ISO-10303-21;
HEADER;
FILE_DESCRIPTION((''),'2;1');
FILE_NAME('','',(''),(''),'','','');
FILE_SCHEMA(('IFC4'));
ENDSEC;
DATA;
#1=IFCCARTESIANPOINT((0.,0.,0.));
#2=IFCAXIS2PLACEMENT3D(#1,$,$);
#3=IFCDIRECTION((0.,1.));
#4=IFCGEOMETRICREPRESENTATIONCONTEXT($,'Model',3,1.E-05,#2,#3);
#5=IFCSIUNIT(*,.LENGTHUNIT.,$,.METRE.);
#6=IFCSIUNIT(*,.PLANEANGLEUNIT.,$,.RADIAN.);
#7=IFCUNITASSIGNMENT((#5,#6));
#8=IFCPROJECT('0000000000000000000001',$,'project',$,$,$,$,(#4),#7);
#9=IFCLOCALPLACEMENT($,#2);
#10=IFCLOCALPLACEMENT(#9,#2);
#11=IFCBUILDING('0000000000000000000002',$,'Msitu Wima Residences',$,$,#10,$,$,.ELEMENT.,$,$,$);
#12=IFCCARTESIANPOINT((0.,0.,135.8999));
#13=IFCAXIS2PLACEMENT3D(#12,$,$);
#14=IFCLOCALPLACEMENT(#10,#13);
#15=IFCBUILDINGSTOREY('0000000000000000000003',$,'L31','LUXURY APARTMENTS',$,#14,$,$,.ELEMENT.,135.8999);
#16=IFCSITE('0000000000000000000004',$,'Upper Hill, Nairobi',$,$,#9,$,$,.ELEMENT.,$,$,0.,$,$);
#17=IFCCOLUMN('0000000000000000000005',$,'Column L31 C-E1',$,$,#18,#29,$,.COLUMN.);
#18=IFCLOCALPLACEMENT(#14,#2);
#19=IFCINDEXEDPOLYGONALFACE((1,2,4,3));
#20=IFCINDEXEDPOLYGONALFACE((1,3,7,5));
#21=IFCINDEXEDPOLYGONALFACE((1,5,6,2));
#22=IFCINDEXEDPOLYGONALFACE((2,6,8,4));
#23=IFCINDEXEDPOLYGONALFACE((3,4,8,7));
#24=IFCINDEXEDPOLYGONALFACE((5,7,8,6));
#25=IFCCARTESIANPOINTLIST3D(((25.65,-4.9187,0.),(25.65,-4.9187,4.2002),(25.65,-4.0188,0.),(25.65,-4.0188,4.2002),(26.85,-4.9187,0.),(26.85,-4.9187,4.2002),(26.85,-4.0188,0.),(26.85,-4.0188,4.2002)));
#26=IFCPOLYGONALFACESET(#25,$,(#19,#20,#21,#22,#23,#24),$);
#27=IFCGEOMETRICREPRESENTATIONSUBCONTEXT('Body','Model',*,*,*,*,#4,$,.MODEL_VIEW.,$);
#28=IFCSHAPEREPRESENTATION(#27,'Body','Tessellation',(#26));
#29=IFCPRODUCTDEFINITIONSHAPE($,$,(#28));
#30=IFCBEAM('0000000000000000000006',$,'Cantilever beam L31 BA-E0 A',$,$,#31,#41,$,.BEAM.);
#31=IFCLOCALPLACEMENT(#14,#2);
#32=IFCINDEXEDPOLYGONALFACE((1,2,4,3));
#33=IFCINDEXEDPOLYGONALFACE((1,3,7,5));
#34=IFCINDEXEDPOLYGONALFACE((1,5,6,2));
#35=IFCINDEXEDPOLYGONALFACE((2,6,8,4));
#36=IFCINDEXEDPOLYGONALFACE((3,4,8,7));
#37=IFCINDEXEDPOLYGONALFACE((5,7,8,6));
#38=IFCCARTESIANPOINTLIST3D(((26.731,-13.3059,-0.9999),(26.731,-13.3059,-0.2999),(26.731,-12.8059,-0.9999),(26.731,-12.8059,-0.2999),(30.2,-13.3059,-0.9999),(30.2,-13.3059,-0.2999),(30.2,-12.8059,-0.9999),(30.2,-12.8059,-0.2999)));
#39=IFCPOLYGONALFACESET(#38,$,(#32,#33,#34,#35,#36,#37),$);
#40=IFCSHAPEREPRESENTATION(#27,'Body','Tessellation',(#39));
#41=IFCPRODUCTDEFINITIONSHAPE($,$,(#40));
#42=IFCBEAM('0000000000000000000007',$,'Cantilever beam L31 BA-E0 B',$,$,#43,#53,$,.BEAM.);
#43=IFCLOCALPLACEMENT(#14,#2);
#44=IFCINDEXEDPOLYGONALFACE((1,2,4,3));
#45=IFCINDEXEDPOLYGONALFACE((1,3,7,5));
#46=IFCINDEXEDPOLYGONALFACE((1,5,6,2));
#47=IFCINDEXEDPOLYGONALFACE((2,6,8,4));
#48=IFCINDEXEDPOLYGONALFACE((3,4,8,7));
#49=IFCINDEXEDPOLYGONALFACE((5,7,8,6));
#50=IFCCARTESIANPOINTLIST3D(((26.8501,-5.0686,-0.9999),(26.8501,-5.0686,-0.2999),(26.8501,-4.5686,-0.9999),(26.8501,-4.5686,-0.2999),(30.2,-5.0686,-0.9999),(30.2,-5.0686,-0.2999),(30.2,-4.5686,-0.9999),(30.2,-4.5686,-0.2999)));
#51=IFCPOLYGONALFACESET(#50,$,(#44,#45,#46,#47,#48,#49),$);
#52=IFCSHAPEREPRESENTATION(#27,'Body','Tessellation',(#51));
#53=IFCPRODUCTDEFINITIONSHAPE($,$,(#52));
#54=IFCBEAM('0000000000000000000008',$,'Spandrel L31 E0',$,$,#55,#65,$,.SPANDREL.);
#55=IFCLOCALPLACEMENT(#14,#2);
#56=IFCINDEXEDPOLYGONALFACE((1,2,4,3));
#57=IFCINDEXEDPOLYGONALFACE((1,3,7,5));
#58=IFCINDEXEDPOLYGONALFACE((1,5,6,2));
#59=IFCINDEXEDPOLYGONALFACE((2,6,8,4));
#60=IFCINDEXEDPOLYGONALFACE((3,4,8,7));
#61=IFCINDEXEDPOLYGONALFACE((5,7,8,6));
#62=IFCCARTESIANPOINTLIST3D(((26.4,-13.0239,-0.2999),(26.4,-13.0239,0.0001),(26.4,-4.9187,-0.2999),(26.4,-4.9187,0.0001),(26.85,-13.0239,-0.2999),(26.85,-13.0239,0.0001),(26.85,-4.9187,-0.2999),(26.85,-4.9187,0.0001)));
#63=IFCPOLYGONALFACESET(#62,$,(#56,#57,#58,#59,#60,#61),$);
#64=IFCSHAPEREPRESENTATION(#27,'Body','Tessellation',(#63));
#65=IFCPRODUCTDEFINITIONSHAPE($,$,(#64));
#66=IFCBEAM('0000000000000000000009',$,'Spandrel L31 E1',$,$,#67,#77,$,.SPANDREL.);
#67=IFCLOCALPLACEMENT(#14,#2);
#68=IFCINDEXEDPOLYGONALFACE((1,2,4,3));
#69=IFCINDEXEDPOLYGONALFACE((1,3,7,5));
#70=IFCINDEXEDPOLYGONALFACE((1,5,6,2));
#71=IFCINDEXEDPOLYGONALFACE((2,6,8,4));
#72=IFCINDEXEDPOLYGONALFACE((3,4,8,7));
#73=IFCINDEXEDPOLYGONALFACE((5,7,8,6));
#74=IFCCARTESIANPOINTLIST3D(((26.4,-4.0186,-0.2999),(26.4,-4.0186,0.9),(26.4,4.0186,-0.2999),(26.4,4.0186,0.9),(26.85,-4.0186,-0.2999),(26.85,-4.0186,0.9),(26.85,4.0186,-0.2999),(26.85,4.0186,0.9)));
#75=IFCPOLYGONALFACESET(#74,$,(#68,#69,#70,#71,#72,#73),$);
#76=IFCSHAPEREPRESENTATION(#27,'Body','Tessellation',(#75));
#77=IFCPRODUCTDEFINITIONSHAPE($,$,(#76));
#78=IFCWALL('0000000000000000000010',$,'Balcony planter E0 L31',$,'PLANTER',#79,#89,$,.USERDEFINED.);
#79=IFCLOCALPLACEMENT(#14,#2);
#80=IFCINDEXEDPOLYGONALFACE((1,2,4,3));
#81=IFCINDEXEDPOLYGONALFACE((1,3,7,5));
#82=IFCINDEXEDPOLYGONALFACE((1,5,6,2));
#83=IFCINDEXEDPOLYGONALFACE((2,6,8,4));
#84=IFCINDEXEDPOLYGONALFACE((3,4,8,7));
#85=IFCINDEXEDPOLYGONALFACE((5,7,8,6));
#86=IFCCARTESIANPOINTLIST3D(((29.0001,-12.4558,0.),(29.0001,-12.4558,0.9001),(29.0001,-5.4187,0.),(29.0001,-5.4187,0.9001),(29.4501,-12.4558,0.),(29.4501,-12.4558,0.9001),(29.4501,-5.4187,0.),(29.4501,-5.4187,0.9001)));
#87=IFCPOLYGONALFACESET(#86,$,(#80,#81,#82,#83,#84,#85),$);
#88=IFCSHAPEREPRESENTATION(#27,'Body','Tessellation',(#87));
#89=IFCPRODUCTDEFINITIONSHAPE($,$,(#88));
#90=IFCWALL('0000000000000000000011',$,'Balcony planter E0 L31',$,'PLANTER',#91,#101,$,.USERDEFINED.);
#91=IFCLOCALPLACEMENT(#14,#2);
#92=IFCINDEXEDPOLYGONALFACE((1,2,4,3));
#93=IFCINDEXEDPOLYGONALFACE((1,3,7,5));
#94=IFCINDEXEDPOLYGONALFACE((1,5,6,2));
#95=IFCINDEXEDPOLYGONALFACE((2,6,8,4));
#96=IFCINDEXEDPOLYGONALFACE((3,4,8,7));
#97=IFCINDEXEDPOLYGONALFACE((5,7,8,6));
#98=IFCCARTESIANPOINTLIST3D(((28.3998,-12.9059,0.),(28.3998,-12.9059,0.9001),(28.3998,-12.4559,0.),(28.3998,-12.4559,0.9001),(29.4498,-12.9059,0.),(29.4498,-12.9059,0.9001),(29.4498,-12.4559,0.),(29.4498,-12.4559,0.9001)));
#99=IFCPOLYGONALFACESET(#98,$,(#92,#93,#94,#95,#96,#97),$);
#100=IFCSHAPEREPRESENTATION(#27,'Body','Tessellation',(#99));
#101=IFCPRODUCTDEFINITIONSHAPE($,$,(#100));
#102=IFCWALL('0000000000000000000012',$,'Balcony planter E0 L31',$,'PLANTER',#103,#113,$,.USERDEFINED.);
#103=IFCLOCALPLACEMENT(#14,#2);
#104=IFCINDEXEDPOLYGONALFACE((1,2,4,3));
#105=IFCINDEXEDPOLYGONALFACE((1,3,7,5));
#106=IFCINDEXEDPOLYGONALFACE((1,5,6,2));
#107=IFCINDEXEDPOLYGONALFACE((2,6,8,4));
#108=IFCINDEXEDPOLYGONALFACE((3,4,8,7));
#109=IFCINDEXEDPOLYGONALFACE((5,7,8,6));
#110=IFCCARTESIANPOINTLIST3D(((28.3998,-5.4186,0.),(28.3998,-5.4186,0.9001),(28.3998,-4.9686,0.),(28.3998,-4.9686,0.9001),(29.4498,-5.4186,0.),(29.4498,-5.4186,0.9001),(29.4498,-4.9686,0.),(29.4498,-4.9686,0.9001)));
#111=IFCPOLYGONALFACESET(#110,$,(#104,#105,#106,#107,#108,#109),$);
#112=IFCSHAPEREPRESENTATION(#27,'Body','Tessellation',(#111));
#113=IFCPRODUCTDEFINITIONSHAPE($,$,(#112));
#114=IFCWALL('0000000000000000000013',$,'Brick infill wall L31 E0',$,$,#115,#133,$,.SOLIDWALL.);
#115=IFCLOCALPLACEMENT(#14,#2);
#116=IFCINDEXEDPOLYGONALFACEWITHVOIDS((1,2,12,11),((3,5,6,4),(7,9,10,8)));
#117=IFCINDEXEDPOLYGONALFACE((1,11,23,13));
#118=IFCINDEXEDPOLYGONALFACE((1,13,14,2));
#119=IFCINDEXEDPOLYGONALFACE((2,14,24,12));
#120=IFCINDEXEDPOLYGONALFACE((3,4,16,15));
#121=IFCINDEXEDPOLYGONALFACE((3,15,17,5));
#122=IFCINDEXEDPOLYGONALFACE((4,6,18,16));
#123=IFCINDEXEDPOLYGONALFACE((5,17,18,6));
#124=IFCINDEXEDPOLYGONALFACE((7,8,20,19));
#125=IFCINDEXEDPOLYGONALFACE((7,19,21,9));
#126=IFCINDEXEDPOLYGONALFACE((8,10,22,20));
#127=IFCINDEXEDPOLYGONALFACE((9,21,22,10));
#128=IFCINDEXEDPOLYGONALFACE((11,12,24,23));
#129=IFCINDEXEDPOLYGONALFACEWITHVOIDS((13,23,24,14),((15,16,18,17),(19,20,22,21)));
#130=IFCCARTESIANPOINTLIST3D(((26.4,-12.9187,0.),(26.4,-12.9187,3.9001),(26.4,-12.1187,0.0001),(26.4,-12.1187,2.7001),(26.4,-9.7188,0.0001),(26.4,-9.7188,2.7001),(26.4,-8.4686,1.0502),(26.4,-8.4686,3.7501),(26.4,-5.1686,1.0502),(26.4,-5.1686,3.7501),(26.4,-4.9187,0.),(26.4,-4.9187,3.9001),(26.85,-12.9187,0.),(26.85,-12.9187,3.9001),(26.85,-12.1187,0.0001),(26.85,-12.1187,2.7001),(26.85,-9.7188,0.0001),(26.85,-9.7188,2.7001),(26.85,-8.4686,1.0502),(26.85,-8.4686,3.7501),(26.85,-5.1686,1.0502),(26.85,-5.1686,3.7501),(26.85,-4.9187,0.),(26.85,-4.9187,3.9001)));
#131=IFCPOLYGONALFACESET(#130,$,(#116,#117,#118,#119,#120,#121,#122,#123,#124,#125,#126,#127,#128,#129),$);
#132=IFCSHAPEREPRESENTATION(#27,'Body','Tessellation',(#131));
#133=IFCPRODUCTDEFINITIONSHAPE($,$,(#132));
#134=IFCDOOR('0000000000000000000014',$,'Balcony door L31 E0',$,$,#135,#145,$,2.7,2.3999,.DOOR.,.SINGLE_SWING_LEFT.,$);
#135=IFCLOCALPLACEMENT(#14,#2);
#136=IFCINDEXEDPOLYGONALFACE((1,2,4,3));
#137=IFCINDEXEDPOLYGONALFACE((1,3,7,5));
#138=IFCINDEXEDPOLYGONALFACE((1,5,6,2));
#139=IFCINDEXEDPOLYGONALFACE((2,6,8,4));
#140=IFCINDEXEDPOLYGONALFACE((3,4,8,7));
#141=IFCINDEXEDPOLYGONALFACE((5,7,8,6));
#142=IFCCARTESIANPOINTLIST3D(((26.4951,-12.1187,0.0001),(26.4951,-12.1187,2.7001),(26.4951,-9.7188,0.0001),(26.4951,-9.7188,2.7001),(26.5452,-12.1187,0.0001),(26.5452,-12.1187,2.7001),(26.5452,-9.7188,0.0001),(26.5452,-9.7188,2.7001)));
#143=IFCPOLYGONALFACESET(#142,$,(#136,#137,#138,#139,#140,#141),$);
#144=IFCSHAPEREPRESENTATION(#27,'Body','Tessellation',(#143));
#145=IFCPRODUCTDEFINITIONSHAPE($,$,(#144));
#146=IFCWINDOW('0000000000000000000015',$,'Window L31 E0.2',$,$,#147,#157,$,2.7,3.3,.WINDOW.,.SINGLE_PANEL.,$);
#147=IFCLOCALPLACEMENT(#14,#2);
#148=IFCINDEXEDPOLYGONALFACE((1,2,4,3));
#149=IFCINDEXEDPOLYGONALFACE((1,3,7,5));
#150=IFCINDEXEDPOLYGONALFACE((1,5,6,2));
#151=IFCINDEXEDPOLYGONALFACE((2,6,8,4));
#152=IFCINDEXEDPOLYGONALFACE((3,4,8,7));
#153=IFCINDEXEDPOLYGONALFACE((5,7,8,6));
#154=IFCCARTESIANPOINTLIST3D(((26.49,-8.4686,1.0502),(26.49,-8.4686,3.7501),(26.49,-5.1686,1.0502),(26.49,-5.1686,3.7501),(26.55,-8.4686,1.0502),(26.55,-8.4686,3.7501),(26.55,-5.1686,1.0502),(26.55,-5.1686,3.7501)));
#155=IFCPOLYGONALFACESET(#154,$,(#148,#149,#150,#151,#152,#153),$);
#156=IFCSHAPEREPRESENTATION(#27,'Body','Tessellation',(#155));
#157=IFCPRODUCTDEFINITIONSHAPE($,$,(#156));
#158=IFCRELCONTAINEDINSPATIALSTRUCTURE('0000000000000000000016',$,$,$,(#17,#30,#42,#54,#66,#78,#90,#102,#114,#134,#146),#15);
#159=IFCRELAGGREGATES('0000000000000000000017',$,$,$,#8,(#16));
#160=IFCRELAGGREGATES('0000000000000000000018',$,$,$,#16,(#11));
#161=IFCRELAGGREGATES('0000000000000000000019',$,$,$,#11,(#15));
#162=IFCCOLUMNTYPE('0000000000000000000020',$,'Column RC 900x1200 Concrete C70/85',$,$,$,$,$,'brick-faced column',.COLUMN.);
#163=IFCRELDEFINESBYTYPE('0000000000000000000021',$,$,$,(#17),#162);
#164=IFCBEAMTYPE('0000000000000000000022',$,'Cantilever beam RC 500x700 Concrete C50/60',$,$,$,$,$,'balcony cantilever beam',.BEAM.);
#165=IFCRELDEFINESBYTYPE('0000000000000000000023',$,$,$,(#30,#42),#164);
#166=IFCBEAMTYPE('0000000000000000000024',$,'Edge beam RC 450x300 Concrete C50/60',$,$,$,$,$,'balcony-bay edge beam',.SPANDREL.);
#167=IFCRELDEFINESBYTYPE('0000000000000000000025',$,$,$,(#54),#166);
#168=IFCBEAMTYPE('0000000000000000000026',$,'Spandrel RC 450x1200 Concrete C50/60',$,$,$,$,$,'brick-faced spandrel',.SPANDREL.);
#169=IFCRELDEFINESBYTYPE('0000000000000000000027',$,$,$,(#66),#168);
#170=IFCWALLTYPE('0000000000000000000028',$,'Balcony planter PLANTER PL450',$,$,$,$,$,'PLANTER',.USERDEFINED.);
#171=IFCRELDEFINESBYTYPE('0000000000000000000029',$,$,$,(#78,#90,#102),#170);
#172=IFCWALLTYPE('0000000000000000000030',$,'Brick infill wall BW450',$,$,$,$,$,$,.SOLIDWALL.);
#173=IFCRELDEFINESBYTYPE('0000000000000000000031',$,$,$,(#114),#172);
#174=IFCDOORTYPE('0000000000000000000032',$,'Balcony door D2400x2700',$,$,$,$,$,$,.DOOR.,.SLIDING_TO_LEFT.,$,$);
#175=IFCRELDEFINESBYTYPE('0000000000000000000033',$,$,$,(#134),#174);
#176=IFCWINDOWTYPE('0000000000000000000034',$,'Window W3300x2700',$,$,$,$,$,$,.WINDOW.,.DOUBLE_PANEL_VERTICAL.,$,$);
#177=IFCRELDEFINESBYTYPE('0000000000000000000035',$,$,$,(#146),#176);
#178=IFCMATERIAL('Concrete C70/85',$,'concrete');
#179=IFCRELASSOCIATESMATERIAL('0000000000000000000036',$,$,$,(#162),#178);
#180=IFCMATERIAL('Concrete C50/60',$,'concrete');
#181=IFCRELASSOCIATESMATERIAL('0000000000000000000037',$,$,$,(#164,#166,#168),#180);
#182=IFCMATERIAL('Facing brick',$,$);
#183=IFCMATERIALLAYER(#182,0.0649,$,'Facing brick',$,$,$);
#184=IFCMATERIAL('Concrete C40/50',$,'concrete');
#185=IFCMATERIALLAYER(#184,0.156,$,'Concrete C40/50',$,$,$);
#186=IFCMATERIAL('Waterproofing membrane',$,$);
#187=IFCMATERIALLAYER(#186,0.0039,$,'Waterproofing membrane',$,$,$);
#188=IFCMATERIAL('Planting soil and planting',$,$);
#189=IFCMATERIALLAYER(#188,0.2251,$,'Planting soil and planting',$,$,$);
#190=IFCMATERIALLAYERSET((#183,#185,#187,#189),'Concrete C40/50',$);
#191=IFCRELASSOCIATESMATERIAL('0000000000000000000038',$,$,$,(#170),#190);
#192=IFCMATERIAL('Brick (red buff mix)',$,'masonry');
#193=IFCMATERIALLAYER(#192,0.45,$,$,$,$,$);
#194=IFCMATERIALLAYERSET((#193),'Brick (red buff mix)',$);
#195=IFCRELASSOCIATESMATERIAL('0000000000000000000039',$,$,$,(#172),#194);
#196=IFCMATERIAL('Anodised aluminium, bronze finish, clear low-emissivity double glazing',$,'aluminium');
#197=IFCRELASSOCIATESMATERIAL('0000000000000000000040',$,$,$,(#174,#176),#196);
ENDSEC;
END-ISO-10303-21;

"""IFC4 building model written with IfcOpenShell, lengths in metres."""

from ifc_helpers import new_model, si_unit, direction, frame, frame_2d, origin, origin_2d, place, context, subcontext, project, spatial, rectangle, extrude, material, layer, layer_set, material_profile, profile_set, type_object, element, fill, save


model = new_model("IFC4")

# Units and contexts
model_context = context("Model", 3, precision=1e-05, world=origin(), true_north=direction((0.0, 1.0)))
body_context = subcontext(model_context, "Body", "Model", "MODEL_VIEW")
ifc_project = project(units=[si_unit("LENGTHUNIT", "METRE"), si_unit("PLANEANGLEUNIT", "RADIAN")], contexts=[model_context])

# Site, building, storey
site_placement = place(None, origin())
site = spatial("IfcSite", under=ifc_project, at=site_placement, Name="Upper Hill, Nairobi", CompositionType="ELEMENT", RefElevation=0.0)
building_placement = place(site_placement, origin())
building = spatial("IfcBuilding", under=site, at=building_placement, Name="Msitu Wima Residences", CompositionType="ELEMENT")
storey_placement = place(building_placement, frame((0.0, 0.0, 135.8999)))
storey = spatial("IfcBuildingStorey", under=building, at=storey_placement, Name="L31", Description="LUXURY APARTMENTS", CompositionType="ELEMENT", Elevation=135.8999)

# Column
ifc_material_1 = material(Name="Concrete C70/85", Category="concrete")
ifc_material_profile_1 = material_profile(ifc_material_1, rectangle(XDim=0.8999, YDim=1.2, at=origin_2d()), Name="RC 900x1200")
ifc_profile_set_1 = profile_set([ifc_material_profile_1], Name="Concrete C70/85")
column_type = type_object("IfcColumnType", Name="Column RC 900x1200 Concrete C70/85", ElementType="brick-faced column", PredefinedType="COLUMN", material=ifc_profile_set_1)
column_placement = place(storey_placement, frame((26.25, -4.4688, 0.0), z_axis=(0.0, 0.0, 1.0), x_axis=(0.0, 1.0, 0.0)))
element("IfcColumn", 1, at=column_placement, inside=storey, type_object=column_type, Name="Column L31 C-E1", PredefinedType="COLUMN", context=body_context, shape_type="SweptSolid", body=[
    extrude(rectangle(XDim=0.8999, YDim=1.2, at=origin_2d()), origin(), (0.0, 0.0, 1.0), 4.2002),
])

# Beams
ifc_material_2 = material(Name="Concrete C50/60", Category="concrete")
ifc_material_profile_2 = material_profile(ifc_material_2, rectangle(XDim=0.5, YDim=0.7, at=origin_2d()), Name="RC 500x700")
ifc_profile_set_2 = profile_set([ifc_material_profile_2], Name="Concrete C50/60")
beam_type_1 = type_object("IfcBeamType", Name="Cantilever beam RC 500x700 Concrete C50/60", ElementType="balcony cantilever beam", PredefinedType="BEAM", material=ifc_profile_set_2)
beam_1_placement = place(storey_placement, frame((26.731, -13.0559, -0.6499), z_axis=(1.0, 0.0, 0.0), x_axis=(0.0, 1.0, 0.0)))
element("IfcBeam", 2, at=beam_1_placement, inside=storey, type_object=beam_type_1, Name="Cantilever beam L31 BA-E0 A", PredefinedType="BEAM", context=body_context, shape_type="SweptSolid", body=[
    extrude(rectangle(XDim=0.5, YDim=0.7, at=origin_2d()), origin(), (0.0, 0.0, 1.0), 3.469),
])
beam_2_placement = place(storey_placement, frame((26.8501, -4.8186, -0.6499), z_axis=(1.0, 0.0, 0.0), x_axis=(0.0, 1.0, 0.0)))
element("IfcBeam", 3, at=beam_2_placement, inside=storey, type_object=beam_type_1, Name="Cantilever beam L31 BA-E0 B", PredefinedType="BEAM", context=body_context, shape_type="SweptSolid", body=[
    extrude(rectangle(XDim=0.5, YDim=0.7, at=origin_2d()), origin(), (0.0, 0.0, 1.0), 3.3499),
])
ifc_material_profile_3 = material_profile(ifc_material_2, rectangle(XDim=0.45, YDim=0.3, at=origin_2d()), Name="RC 450x300")
ifc_profile_set_3 = profile_set([ifc_material_profile_3], Name="Concrete C50/60")
beam_type_2 = type_object("IfcBeamType", Name="Edge beam RC 450x300 Concrete C50/60", ElementType="balcony-bay edge beam", PredefinedType="SPANDREL", material=ifc_profile_set_3)
beam_3_placement = place(storey_placement, frame((26.625, -13.0239, -0.1499), z_axis=(0.0, 1.0, 0.0), x_axis=(-1.0, 0.0, 0.0)))
element("IfcBeam", 4, at=beam_3_placement, inside=storey, type_object=beam_type_2, Name="Spandrel L31 E0", PredefinedType="SPANDREL", context=body_context, shape_type="SweptSolid", body=[
    extrude(rectangle(XDim=0.45, YDim=0.3, at=origin_2d()), origin(), (0.0, 0.0, 1.0), 8.1052),
])
ifc_material_profile_4 = material_profile(ifc_material_2, rectangle(XDim=0.45, YDim=1.2, at=origin_2d()), Name="RC 450x1200")
ifc_profile_set_4 = profile_set([ifc_material_profile_4], Name="Concrete C50/60")
beam_type_3 = type_object("IfcBeamType", Name="Spandrel RC 450x1200 Concrete C50/60", ElementType="brick-faced spandrel", PredefinedType="SPANDREL", material=ifc_profile_set_4)
beam_4_placement = place(storey_placement, frame((26.625, -4.0186, 0.3), z_axis=(0.0, 1.0, 0.0), x_axis=(-1.0, 0.0, 0.0)))
element("IfcBeam", 5, at=beam_4_placement, inside=storey, type_object=beam_type_3, Name="Spandrel L31 E1", PredefinedType="SPANDREL", context=body_context, shape_type="SweptSolid", body=[
    extrude(rectangle(XDim=0.45, YDim=1.2, at=origin_2d()), origin(), (0.0, 0.0, 1.0), 8.0371),
])

# Walls
ifc_material_3 = material(Name="Facing brick")
ifc_layer_1 = layer(ifc_material_3, 0.0649, Name="Facing brick")
ifc_material_4 = material(Name="Concrete C40/50", Category="concrete")
ifc_layer_2 = layer(ifc_material_4, 0.156, Name="Concrete C40/50")
ifc_material_5 = material(Name="Waterproofing membrane")
ifc_layer_3 = layer(ifc_material_5, 0.0039, Name="Waterproofing membrane")
ifc_material_6 = material(Name="Planting soil and planting")
ifc_layer_4 = layer(ifc_material_6, 0.2251, Name="Planting soil and planting")
ifc_layer_set_1 = layer_set([ifc_layer_1, ifc_layer_2, ifc_layer_3, ifc_layer_4], Name="Concrete C40/50")
wall_type_1 = type_object("IfcWallType", Name="Balcony planter PLANTER PL450", ElementType="PLANTER", PredefinedType="USERDEFINED", material=ifc_layer_set_1)
wall_1_placement = place(storey_placement, frame((29.2251, -12.4558, 0.0), z_axis=(0.0, 0.0, 1.0), x_axis=(0.0, 1.0, 0.0)))
element("IfcWall", 6, at=wall_1_placement, inside=storey, type_object=wall_type_1, Name="Balcony planter E0 L31", ObjectType="PLANTER", PredefinedType="USERDEFINED", context=body_context, shape_type="SweptSolid", body=[
    extrude(rectangle(XDim=7.0371, YDim=0.45, at=frame_2d((3.5186, 0.0))), origin(), (0.0, 0.0, 1.0), 0.9001),
])
for number, where, z_axis, x_axis, name in (
    (7, (28.3999, -12.6809, 0.0), (0.0, 0.0, 1.0), (1.0, 0.0, 0.0), "Balcony planter E0 L31"),
    (8, (28.3999, -5.1936, 0.0), (0.0, 0.0, 1.0), (1.0, 0.0, 0.0), "Balcony planter E0 L31"),
):
    element("IfcWall", number, at=place(storey_placement, frame(where, z_axis=z_axis, x_axis=x_axis)), inside=storey, type_object=wall_type_1, Name=name, ObjectType="PLANTER", PredefinedType="USERDEFINED", context=body_context, shape_type="SweptSolid", body=[
        extrude(rectangle(XDim=1.05, YDim=0.45, at=frame_2d((0.5249, 0.0))), origin(), (0.0, 0.0, 1.0), 0.9001),
    ])

# Wall, openings, door, window
ifc_material_7 = material(Name="Brick (red buff mix)", Category="masonry")
ifc_layer_5 = layer(ifc_material_7, 0.45)
ifc_layer_set_2 = layer_set([ifc_layer_5], Name="Brick (red buff mix)")
wall_type_2 = type_object("IfcWallType", Name="Brick infill wall BW450", PredefinedType="SOLIDWALL", material=ifc_layer_set_2)
wall_2_placement = place(storey_placement, frame((26.625, -12.9187, 0.0), z_axis=(0.0, 0.0, 1.0), x_axis=(0.0, 1.0, 0.0)))
wall_2 = element("IfcWall", 9, at=wall_2_placement, inside=storey, type_object=wall_type_2, Name="Brick infill wall L31 E0", PredefinedType="SOLIDWALL", context=body_context, shape_type="SweptSolid", body=[
    extrude(rectangle(XDim=8.0, YDim=0.45, at=frame_2d((4.0, 0.0))), origin(), (0.0, 0.0, 1.0), 3.9001),
])
opening_1_placement = place(wall_2_placement, frame((0.8, 0.0, 0.0)))
opening_1 = element("IfcOpeningElement", 10, at=opening_1_placement, cuts=wall_2, PredefinedType="OPENING", context=body_context, shape_type="SweptSolid", body=[
    extrude(rectangle(XDim=2.3999, YDim=2.7, at=frame_2d((1.2, 1.3501))), frame((0.0, 0.2349, 0.0), z_axis=(0.0, -1.0, 0.0), x_axis=(1.0, 0.0, 0.0)), (0.0, 0.0, 1.0), 0.47),
])
opening_2_placement = place(wall_2_placement, frame((4.4502, 0.0, 1.05)))
opening_2 = element("IfcOpeningElement", 11, at=opening_2_placement, cuts=wall_2, PredefinedType="OPENING", context=body_context, shape_type="SweptSolid", body=[
    extrude(rectangle(XDim=3.3, YDim=2.7, at=frame_2d((1.6499, 1.3501))), frame((0.0, 0.2349, 0.0), z_axis=(0.0, -1.0, 0.0), x_axis=(1.0, 0.0, 0.0)), (0.0, 0.0, 1.0), 0.47),
])
ifc_material_8 = material(Name="Anodised aluminium, bronze finish, clear low-emissivity double glazing", Category="aluminium")
door_type = type_object("IfcDoorType", Name="Balcony door D2400x2700", OperationType="SLIDING_TO_LEFT", PredefinedType="DOOR", material=ifc_material_8)
door_placement = place(opening_1_placement, origin())
door = element("IfcDoor", 12, at=door_placement, inside=storey, type_object=door_type, Name="Balcony door L31 E0", OperationType="SINGLE_SWING_LEFT", OverallHeight=2.7, OverallWidth=2.3999, PredefinedType="DOOR", context=body_context, shape_type="SweptSolid", body=[
    extrude(rectangle(XDim=2.3999, YDim=2.7, at=frame_2d((1.2, 1.3501))), frame((0.0, 0.1299, 0.0), z_axis=(0.0, -1.0, 0.0), x_axis=(1.0, 0.0, 0.0)), (0.0, 0.0, 1.0), 0.05),
])
fill(opening_1, door)
window_type = type_object("IfcWindowType", Name="Window W3300x2700", PartitioningType="DOUBLE_PANEL_VERTICAL", PredefinedType="WINDOW", material=ifc_material_8)
window_1_placement = place(opening_2_placement, origin())
window_1 = element("IfcWindow", 13, at=window_1_placement, inside=storey, type_object=window_type, Name="Window L31 E0.2", OverallHeight=2.7, OverallWidth=3.3, PartitioningType="SINGLE_PANEL", PredefinedType="WINDOW", context=body_context, shape_type="SweptSolid", body=[
    extrude(rectangle(XDim=3.3, YDim=2.7, at=frame_2d((1.6499, 1.3501))), frame((0.0, 0.135, 0.0), z_axis=(0.0, -1.0, 0.0), x_axis=(1.0, 0.0, 0.0)), (0.0, 0.0, 1.0), 0.0601),
])
fill(opening_2, window_1)

save(model, "model.ifc")
